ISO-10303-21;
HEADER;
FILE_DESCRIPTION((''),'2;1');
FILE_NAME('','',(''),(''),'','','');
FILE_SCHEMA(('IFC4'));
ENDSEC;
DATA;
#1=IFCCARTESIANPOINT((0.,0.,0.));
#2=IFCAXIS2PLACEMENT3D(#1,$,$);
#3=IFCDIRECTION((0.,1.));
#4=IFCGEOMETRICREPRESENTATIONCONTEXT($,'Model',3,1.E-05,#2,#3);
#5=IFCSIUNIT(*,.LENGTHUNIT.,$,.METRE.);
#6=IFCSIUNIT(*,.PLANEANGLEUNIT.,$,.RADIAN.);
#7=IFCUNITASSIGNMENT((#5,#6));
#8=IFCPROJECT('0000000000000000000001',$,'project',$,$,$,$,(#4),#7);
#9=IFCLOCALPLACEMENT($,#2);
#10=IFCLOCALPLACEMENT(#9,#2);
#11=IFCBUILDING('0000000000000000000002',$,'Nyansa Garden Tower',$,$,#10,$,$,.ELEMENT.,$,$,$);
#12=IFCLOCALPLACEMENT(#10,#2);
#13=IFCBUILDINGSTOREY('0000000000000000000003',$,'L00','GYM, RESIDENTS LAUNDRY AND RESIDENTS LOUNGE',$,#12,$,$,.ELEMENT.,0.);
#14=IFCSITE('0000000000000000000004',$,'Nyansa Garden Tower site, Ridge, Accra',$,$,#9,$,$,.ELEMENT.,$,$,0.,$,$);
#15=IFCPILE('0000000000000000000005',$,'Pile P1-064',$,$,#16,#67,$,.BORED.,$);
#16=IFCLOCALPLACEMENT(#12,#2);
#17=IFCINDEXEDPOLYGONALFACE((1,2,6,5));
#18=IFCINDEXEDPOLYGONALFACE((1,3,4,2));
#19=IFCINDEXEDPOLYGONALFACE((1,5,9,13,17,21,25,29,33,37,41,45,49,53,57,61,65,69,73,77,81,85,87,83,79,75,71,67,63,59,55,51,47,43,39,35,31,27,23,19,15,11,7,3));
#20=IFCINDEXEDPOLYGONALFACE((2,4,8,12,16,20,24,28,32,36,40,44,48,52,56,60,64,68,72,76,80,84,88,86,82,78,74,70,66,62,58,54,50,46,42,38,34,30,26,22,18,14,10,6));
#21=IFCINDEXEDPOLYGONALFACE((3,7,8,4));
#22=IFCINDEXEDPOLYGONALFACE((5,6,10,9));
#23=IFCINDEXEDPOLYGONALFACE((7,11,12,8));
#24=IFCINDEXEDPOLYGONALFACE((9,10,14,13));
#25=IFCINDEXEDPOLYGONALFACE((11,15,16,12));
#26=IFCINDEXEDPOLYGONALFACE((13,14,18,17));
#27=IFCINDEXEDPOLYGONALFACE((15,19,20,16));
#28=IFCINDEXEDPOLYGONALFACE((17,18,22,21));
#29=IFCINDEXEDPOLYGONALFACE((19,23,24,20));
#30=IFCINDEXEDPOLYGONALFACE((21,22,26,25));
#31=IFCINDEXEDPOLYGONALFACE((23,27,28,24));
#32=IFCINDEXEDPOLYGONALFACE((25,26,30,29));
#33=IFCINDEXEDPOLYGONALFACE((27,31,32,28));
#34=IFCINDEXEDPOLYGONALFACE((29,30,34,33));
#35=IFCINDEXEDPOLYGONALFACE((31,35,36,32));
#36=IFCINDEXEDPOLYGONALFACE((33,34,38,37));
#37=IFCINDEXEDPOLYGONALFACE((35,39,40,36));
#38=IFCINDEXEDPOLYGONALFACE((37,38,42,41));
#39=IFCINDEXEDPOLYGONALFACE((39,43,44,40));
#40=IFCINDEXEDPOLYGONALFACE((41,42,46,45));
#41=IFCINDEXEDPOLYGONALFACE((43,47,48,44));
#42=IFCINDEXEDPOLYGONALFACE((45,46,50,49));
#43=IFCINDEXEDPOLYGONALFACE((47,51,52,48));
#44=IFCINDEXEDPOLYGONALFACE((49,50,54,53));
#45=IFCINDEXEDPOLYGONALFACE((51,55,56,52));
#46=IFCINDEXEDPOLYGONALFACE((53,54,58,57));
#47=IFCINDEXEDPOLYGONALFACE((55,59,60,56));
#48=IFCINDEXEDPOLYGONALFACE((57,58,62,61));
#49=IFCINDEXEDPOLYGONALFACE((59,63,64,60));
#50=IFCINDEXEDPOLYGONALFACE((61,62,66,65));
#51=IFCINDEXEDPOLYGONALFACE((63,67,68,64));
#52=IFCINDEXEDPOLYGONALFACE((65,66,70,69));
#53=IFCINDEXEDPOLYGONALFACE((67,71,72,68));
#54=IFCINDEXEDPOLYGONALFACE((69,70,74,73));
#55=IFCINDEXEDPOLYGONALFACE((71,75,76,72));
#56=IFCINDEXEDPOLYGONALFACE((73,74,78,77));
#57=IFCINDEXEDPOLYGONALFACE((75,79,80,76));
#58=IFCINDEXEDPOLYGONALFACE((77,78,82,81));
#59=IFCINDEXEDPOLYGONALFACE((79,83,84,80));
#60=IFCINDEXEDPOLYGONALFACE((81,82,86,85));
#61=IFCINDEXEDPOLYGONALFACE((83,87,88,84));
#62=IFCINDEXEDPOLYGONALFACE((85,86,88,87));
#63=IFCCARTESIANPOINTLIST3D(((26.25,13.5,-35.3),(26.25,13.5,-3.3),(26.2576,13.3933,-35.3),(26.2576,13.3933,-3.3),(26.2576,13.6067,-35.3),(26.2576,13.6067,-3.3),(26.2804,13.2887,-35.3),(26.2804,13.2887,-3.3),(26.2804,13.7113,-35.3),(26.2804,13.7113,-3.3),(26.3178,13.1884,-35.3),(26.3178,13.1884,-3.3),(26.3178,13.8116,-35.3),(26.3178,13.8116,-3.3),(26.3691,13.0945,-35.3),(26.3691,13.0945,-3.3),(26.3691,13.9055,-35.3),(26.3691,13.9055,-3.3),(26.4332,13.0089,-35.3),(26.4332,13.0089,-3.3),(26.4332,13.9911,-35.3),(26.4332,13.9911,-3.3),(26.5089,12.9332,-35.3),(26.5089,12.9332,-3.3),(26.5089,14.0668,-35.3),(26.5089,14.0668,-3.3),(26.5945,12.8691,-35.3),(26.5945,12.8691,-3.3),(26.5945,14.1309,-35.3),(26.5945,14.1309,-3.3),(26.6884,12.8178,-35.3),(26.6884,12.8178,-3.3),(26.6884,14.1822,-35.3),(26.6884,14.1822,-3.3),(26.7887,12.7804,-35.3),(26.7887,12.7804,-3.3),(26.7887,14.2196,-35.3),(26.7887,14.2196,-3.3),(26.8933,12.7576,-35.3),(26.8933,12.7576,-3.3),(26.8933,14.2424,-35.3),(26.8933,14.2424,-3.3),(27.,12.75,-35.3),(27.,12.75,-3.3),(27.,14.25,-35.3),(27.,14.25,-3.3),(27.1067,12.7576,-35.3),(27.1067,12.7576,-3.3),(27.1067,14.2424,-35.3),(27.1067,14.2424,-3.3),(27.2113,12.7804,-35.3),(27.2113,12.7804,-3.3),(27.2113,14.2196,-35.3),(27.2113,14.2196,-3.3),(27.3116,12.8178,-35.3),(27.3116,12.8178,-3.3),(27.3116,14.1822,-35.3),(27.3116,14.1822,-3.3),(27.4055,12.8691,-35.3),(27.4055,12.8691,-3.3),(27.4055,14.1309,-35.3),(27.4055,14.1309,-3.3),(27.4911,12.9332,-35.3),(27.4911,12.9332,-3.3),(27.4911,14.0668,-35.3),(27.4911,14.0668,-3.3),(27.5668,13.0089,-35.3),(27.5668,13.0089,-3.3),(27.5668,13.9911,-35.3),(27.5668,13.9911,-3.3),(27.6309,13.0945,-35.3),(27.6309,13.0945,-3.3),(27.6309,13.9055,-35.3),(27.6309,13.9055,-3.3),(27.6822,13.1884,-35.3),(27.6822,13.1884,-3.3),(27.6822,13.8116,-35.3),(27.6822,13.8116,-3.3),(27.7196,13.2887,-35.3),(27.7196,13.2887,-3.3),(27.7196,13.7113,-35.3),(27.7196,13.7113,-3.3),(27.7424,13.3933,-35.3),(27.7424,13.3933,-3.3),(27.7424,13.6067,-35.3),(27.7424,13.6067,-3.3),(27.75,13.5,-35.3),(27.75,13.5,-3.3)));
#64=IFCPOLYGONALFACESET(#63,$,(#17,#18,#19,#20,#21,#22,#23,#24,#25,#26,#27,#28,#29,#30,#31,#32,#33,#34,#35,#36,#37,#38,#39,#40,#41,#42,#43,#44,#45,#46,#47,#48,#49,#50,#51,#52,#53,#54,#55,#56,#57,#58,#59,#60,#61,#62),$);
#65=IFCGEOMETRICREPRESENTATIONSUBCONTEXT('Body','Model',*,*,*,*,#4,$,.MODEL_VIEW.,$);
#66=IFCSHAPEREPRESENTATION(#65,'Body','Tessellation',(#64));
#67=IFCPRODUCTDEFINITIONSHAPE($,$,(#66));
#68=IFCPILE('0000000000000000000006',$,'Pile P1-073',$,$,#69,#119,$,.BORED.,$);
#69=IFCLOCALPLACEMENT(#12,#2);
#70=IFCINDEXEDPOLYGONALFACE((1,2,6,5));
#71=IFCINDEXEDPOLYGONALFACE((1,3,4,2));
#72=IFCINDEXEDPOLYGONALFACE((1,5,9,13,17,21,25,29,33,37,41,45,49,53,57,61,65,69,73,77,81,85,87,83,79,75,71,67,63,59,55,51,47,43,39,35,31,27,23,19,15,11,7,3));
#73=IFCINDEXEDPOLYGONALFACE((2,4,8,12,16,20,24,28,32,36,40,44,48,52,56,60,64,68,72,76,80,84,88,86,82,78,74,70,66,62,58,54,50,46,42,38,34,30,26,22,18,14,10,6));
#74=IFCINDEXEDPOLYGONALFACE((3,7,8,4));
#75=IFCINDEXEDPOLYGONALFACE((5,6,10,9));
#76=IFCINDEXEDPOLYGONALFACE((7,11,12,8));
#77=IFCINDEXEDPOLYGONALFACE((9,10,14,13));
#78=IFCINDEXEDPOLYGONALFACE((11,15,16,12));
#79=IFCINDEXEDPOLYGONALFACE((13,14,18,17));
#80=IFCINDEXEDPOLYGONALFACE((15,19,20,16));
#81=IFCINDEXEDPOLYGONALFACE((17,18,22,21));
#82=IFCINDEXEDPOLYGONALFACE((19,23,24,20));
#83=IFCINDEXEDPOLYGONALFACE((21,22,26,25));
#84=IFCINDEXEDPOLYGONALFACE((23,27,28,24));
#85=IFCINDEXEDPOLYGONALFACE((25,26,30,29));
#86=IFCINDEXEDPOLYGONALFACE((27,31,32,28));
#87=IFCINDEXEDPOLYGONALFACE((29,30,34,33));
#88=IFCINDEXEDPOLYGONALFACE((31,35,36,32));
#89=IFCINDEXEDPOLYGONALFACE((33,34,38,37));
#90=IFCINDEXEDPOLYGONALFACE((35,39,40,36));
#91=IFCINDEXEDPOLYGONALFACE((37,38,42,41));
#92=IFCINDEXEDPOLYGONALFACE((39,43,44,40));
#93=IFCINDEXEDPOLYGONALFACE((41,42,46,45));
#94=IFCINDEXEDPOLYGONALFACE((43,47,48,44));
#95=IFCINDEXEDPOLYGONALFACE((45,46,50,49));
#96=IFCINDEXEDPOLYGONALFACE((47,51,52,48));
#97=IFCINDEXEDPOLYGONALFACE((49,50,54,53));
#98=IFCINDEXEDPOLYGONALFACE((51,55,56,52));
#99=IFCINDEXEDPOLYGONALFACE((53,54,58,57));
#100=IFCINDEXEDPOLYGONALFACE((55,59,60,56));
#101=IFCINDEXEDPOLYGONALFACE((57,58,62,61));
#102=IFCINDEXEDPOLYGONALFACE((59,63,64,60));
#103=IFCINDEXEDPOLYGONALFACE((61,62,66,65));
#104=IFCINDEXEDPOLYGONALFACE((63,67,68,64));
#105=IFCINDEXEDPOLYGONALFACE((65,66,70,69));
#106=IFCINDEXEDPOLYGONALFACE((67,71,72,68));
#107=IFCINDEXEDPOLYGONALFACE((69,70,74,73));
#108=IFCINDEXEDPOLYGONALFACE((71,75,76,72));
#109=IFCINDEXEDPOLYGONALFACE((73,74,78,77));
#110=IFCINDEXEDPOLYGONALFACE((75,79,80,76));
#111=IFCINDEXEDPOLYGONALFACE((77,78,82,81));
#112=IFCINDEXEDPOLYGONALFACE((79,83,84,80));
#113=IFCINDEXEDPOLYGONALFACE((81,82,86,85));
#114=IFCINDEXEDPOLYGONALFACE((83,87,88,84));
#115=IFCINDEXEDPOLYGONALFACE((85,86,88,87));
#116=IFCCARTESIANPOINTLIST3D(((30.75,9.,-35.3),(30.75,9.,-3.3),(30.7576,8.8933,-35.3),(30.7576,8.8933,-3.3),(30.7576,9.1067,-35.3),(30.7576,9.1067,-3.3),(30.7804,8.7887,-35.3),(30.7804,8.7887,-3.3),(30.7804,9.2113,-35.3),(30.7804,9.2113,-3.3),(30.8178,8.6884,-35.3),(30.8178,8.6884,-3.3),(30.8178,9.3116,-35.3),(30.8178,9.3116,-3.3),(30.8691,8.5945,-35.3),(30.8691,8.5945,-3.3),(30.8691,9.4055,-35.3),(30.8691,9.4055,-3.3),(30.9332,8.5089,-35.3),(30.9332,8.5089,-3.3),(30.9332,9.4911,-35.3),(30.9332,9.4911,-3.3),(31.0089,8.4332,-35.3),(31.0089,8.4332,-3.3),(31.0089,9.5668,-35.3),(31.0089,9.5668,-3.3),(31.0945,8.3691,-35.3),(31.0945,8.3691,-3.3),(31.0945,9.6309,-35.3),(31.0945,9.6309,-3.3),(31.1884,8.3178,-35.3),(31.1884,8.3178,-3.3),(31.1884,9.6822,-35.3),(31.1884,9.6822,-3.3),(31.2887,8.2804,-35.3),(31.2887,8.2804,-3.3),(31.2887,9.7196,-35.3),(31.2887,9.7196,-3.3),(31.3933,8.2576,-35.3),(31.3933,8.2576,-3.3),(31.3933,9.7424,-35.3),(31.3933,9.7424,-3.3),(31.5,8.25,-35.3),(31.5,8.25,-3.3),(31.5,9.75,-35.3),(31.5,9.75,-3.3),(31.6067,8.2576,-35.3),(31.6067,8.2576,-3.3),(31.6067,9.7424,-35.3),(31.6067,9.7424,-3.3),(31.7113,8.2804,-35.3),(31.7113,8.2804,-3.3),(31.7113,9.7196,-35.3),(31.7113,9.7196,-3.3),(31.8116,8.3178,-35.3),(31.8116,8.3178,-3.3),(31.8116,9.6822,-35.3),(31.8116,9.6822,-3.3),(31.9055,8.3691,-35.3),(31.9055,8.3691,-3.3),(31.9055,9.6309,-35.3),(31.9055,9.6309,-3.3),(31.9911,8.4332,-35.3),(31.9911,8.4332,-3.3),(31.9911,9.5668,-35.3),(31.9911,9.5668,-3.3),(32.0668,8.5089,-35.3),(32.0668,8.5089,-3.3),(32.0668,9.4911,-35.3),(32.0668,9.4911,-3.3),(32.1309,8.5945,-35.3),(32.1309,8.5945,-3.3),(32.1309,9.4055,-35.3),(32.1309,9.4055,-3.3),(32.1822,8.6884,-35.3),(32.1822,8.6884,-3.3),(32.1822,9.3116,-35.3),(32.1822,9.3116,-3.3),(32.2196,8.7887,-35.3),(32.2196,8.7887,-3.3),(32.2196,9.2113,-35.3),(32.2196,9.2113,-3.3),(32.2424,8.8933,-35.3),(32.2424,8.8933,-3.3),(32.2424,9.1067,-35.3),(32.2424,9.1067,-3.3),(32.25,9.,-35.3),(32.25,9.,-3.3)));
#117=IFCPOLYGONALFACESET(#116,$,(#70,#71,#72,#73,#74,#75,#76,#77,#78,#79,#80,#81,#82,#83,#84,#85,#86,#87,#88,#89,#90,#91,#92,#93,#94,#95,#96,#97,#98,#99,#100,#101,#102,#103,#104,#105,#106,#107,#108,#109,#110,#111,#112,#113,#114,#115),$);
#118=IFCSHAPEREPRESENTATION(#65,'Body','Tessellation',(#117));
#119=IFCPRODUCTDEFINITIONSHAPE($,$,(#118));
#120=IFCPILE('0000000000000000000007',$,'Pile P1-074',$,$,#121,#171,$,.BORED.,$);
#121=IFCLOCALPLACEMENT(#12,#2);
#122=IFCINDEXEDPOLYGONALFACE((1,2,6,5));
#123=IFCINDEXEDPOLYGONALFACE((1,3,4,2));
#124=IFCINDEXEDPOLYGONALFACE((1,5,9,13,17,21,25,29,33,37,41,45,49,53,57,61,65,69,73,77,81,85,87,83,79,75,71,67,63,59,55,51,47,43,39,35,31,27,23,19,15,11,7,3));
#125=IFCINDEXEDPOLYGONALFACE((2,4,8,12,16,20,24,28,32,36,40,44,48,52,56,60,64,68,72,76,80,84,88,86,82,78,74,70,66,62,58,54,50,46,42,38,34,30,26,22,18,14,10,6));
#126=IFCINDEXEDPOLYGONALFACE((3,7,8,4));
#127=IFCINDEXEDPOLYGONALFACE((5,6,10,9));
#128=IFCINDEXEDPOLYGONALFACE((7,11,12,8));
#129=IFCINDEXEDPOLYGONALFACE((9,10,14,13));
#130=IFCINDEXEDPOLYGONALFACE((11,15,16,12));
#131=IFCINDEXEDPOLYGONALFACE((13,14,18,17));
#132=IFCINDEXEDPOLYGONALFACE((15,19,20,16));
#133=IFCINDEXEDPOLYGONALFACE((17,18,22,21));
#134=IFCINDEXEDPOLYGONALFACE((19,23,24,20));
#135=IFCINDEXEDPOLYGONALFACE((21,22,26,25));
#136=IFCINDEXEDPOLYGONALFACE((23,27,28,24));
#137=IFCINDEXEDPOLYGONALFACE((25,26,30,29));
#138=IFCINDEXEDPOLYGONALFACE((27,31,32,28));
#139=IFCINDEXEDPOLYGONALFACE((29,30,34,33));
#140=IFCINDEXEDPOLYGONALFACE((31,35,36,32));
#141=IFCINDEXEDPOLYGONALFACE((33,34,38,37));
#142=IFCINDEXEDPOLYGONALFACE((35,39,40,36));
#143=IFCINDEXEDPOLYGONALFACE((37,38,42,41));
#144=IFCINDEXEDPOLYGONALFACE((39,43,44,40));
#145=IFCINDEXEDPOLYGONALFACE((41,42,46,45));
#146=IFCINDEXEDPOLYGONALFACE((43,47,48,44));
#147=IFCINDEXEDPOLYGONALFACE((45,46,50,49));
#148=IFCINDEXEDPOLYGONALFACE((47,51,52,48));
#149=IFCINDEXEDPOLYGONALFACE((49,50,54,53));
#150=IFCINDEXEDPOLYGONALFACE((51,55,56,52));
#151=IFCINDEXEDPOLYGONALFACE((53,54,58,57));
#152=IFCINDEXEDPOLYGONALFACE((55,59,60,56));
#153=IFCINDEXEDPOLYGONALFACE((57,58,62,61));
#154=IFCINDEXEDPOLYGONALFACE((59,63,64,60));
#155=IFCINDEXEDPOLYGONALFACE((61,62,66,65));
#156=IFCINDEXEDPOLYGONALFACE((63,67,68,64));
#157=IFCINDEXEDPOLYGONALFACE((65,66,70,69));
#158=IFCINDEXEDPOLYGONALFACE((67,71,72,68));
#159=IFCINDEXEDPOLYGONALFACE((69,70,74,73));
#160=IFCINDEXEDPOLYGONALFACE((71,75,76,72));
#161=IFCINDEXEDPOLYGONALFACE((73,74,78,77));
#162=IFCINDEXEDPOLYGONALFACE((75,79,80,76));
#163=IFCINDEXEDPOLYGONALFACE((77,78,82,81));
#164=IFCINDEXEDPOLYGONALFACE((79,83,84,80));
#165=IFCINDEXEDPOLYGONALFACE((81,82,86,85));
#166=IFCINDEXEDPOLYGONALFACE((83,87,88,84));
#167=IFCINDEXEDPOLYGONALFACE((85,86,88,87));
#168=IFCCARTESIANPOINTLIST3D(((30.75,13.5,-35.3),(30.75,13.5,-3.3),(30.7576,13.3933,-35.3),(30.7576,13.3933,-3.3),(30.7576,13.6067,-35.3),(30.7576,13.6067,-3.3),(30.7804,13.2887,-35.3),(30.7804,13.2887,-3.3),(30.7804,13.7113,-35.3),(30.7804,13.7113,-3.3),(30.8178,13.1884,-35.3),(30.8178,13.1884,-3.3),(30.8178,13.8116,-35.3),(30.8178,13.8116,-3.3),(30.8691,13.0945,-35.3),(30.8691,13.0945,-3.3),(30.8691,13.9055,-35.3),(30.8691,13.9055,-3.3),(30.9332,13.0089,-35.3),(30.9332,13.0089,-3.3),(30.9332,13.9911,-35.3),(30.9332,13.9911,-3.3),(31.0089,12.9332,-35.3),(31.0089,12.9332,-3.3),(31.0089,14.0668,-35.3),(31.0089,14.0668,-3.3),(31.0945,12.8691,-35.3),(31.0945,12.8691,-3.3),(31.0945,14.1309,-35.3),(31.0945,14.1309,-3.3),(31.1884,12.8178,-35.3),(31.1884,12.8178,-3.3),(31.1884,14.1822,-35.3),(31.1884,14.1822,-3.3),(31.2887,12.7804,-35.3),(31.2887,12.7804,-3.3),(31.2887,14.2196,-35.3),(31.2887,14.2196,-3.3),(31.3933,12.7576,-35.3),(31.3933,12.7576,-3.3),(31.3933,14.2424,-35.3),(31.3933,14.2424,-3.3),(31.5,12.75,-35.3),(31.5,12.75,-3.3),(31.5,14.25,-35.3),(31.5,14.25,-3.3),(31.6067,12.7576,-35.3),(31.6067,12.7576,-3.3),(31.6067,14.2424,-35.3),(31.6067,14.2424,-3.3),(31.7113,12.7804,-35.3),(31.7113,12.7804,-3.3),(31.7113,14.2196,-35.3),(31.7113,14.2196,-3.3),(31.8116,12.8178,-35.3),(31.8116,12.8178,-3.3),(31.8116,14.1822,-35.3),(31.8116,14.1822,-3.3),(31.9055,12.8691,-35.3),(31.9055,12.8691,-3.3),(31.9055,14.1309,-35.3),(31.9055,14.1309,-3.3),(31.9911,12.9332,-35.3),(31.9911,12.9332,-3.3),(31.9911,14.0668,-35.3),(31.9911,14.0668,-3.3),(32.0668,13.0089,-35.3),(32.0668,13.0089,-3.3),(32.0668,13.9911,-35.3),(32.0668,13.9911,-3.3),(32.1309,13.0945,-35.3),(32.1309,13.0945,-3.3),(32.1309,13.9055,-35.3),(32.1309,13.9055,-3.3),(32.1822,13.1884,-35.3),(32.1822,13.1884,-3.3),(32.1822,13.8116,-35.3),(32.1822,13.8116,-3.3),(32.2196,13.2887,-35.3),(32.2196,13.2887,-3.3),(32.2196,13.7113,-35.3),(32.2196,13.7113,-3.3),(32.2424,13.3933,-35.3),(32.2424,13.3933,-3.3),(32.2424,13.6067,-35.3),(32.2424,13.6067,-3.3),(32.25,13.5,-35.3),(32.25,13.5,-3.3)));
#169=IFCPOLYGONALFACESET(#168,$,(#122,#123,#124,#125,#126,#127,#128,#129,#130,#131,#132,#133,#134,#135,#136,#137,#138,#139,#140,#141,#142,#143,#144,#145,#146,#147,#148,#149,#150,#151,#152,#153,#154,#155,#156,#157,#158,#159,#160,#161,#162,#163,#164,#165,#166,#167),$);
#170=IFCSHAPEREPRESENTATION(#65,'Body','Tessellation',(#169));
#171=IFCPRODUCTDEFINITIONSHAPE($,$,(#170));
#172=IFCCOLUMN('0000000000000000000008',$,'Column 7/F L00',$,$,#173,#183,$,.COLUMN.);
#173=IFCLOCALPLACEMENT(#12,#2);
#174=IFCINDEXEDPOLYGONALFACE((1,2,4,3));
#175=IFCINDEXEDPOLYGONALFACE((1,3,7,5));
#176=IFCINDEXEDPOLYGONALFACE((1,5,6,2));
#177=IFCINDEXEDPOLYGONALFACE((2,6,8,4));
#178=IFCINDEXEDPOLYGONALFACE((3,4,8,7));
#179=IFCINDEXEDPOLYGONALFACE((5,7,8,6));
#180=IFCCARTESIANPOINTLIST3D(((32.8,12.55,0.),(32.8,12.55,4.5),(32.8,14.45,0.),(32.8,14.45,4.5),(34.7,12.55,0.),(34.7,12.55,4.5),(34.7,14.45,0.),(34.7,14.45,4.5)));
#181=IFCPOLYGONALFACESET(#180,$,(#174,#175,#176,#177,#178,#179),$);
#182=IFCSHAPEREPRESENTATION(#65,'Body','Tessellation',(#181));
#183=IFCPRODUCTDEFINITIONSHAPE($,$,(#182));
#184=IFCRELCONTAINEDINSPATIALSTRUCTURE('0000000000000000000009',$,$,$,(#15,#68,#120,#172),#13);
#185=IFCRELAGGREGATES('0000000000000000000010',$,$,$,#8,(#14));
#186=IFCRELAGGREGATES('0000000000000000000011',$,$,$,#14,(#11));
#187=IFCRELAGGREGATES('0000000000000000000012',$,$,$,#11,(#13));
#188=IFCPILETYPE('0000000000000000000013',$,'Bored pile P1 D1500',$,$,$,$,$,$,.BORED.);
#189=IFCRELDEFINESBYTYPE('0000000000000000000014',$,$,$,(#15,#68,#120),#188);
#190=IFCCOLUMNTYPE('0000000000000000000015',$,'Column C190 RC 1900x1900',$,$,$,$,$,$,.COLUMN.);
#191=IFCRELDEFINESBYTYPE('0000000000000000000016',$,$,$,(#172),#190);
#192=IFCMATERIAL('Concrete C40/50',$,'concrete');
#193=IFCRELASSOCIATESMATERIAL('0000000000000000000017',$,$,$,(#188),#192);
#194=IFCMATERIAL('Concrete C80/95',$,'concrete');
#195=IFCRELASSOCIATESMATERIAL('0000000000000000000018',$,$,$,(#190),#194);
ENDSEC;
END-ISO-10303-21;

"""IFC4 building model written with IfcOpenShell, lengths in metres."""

from ifc_helpers import new_model, si_unit, direction, frame, origin, origin_2d, place, context, subcontext, project, spatial, rectangle, circle, extrude, material, material_profile, profile_set, type_object, element, save


model = new_model("IFC4")

# Units and contexts
model_context = context("Model", 3, precision=1e-05, world=origin(), true_north=direction((0.0, 1.0)))
body_context = subcontext(model_context, "Body", "Model", "MODEL_VIEW")
ifc_project = project(units=[si_unit("LENGTHUNIT", "METRE"), si_unit("PLANEANGLEUNIT", "RADIAN")], contexts=[model_context])

# Site, building, storey
site_placement = place(None, origin())
site = spatial("IfcSite", under=ifc_project, at=site_placement, Name="Nyansa Garden Tower site, Ridge, Accra", CompositionType="ELEMENT", RefElevation=0.0)
building_placement = place(site_placement, origin())
building = spatial("IfcBuilding", under=site, at=building_placement, Name="Nyansa Garden Tower", CompositionType="ELEMENT")
storey_placement = place(building_placement, origin())
storey = spatial("IfcBuildingStorey", under=building, at=storey_placement, Name="L00", Description="GYM, RESIDENTS LAUNDRY AND RESIDENTS LOUNGE", CompositionType="ELEMENT", Elevation=0.0)

# Piles
ifc_material_1 = material(Name="Concrete C40/50", Category="concrete")
pile_type = type_object("IfcPileType", Name="Bored pile P1 D1500", PredefinedType="BORED", material=ifc_material_1)
for number, where, z_axis, x_axis, name in (
    (1, (27.0, 13.5, -3.3), (0.0, 0.0, -1.0), (1.0, 0.0, 0.0), "Pile P1-064"),
    (2, (31.5, 9.0, -3.3), (0.0, 0.0, -1.0), (1.0, 0.0, 0.0), "Pile P1-073"),
    (3, (31.5, 13.5, -3.3), (0.0, 0.0, -1.0), (1.0, 0.0, 0.0), "Pile P1-074"),
):
    element("IfcPile", number, at=place(storey_placement, frame(where, z_axis=z_axis, x_axis=x_axis)), inside=storey, type_object=pile_type, Name=name, PredefinedType="BORED", context=body_context, shape_type="SweptSolid", body=[
        extrude(circle(Radius=0.75, at=origin_2d()), origin(), (0.0, 0.0, 1.0), 32.0),
    ])

# Column
ifc_material_2 = material(Name="Concrete C80/95", Category="concrete")
ifc_material_profile_1 = material_profile(ifc_material_2, rectangle(XDim=1.8999, YDim=1.8999, at=origin_2d()), Name="RC 1900x1900")
ifc_profile_set_1 = profile_set([ifc_material_profile_1], Name="Concrete C80/95")
column_type = type_object("IfcColumnType", Name="Column C190 RC 1900x1900", PredefinedType="COLUMN", material=ifc_profile_set_1)
column_placement = place(storey_placement, frame((33.75, 13.5, 0.0), z_axis=(0.0, 0.0, 1.0), x_axis=(1.0, 0.0, 0.0)))
element("IfcColumn", 4, at=column_placement, inside=storey, type_object=column_type, Name="Column 7/F L00", PredefinedType="COLUMN", context=body_context, shape_type="SweptSolid", body=[
    extrude(rectangle(XDim=1.8999, YDim=1.8999, at=origin_2d()), origin(), (0.0, 0.0, 1.0), 4.5),
])

save(model, "model.ifc")
